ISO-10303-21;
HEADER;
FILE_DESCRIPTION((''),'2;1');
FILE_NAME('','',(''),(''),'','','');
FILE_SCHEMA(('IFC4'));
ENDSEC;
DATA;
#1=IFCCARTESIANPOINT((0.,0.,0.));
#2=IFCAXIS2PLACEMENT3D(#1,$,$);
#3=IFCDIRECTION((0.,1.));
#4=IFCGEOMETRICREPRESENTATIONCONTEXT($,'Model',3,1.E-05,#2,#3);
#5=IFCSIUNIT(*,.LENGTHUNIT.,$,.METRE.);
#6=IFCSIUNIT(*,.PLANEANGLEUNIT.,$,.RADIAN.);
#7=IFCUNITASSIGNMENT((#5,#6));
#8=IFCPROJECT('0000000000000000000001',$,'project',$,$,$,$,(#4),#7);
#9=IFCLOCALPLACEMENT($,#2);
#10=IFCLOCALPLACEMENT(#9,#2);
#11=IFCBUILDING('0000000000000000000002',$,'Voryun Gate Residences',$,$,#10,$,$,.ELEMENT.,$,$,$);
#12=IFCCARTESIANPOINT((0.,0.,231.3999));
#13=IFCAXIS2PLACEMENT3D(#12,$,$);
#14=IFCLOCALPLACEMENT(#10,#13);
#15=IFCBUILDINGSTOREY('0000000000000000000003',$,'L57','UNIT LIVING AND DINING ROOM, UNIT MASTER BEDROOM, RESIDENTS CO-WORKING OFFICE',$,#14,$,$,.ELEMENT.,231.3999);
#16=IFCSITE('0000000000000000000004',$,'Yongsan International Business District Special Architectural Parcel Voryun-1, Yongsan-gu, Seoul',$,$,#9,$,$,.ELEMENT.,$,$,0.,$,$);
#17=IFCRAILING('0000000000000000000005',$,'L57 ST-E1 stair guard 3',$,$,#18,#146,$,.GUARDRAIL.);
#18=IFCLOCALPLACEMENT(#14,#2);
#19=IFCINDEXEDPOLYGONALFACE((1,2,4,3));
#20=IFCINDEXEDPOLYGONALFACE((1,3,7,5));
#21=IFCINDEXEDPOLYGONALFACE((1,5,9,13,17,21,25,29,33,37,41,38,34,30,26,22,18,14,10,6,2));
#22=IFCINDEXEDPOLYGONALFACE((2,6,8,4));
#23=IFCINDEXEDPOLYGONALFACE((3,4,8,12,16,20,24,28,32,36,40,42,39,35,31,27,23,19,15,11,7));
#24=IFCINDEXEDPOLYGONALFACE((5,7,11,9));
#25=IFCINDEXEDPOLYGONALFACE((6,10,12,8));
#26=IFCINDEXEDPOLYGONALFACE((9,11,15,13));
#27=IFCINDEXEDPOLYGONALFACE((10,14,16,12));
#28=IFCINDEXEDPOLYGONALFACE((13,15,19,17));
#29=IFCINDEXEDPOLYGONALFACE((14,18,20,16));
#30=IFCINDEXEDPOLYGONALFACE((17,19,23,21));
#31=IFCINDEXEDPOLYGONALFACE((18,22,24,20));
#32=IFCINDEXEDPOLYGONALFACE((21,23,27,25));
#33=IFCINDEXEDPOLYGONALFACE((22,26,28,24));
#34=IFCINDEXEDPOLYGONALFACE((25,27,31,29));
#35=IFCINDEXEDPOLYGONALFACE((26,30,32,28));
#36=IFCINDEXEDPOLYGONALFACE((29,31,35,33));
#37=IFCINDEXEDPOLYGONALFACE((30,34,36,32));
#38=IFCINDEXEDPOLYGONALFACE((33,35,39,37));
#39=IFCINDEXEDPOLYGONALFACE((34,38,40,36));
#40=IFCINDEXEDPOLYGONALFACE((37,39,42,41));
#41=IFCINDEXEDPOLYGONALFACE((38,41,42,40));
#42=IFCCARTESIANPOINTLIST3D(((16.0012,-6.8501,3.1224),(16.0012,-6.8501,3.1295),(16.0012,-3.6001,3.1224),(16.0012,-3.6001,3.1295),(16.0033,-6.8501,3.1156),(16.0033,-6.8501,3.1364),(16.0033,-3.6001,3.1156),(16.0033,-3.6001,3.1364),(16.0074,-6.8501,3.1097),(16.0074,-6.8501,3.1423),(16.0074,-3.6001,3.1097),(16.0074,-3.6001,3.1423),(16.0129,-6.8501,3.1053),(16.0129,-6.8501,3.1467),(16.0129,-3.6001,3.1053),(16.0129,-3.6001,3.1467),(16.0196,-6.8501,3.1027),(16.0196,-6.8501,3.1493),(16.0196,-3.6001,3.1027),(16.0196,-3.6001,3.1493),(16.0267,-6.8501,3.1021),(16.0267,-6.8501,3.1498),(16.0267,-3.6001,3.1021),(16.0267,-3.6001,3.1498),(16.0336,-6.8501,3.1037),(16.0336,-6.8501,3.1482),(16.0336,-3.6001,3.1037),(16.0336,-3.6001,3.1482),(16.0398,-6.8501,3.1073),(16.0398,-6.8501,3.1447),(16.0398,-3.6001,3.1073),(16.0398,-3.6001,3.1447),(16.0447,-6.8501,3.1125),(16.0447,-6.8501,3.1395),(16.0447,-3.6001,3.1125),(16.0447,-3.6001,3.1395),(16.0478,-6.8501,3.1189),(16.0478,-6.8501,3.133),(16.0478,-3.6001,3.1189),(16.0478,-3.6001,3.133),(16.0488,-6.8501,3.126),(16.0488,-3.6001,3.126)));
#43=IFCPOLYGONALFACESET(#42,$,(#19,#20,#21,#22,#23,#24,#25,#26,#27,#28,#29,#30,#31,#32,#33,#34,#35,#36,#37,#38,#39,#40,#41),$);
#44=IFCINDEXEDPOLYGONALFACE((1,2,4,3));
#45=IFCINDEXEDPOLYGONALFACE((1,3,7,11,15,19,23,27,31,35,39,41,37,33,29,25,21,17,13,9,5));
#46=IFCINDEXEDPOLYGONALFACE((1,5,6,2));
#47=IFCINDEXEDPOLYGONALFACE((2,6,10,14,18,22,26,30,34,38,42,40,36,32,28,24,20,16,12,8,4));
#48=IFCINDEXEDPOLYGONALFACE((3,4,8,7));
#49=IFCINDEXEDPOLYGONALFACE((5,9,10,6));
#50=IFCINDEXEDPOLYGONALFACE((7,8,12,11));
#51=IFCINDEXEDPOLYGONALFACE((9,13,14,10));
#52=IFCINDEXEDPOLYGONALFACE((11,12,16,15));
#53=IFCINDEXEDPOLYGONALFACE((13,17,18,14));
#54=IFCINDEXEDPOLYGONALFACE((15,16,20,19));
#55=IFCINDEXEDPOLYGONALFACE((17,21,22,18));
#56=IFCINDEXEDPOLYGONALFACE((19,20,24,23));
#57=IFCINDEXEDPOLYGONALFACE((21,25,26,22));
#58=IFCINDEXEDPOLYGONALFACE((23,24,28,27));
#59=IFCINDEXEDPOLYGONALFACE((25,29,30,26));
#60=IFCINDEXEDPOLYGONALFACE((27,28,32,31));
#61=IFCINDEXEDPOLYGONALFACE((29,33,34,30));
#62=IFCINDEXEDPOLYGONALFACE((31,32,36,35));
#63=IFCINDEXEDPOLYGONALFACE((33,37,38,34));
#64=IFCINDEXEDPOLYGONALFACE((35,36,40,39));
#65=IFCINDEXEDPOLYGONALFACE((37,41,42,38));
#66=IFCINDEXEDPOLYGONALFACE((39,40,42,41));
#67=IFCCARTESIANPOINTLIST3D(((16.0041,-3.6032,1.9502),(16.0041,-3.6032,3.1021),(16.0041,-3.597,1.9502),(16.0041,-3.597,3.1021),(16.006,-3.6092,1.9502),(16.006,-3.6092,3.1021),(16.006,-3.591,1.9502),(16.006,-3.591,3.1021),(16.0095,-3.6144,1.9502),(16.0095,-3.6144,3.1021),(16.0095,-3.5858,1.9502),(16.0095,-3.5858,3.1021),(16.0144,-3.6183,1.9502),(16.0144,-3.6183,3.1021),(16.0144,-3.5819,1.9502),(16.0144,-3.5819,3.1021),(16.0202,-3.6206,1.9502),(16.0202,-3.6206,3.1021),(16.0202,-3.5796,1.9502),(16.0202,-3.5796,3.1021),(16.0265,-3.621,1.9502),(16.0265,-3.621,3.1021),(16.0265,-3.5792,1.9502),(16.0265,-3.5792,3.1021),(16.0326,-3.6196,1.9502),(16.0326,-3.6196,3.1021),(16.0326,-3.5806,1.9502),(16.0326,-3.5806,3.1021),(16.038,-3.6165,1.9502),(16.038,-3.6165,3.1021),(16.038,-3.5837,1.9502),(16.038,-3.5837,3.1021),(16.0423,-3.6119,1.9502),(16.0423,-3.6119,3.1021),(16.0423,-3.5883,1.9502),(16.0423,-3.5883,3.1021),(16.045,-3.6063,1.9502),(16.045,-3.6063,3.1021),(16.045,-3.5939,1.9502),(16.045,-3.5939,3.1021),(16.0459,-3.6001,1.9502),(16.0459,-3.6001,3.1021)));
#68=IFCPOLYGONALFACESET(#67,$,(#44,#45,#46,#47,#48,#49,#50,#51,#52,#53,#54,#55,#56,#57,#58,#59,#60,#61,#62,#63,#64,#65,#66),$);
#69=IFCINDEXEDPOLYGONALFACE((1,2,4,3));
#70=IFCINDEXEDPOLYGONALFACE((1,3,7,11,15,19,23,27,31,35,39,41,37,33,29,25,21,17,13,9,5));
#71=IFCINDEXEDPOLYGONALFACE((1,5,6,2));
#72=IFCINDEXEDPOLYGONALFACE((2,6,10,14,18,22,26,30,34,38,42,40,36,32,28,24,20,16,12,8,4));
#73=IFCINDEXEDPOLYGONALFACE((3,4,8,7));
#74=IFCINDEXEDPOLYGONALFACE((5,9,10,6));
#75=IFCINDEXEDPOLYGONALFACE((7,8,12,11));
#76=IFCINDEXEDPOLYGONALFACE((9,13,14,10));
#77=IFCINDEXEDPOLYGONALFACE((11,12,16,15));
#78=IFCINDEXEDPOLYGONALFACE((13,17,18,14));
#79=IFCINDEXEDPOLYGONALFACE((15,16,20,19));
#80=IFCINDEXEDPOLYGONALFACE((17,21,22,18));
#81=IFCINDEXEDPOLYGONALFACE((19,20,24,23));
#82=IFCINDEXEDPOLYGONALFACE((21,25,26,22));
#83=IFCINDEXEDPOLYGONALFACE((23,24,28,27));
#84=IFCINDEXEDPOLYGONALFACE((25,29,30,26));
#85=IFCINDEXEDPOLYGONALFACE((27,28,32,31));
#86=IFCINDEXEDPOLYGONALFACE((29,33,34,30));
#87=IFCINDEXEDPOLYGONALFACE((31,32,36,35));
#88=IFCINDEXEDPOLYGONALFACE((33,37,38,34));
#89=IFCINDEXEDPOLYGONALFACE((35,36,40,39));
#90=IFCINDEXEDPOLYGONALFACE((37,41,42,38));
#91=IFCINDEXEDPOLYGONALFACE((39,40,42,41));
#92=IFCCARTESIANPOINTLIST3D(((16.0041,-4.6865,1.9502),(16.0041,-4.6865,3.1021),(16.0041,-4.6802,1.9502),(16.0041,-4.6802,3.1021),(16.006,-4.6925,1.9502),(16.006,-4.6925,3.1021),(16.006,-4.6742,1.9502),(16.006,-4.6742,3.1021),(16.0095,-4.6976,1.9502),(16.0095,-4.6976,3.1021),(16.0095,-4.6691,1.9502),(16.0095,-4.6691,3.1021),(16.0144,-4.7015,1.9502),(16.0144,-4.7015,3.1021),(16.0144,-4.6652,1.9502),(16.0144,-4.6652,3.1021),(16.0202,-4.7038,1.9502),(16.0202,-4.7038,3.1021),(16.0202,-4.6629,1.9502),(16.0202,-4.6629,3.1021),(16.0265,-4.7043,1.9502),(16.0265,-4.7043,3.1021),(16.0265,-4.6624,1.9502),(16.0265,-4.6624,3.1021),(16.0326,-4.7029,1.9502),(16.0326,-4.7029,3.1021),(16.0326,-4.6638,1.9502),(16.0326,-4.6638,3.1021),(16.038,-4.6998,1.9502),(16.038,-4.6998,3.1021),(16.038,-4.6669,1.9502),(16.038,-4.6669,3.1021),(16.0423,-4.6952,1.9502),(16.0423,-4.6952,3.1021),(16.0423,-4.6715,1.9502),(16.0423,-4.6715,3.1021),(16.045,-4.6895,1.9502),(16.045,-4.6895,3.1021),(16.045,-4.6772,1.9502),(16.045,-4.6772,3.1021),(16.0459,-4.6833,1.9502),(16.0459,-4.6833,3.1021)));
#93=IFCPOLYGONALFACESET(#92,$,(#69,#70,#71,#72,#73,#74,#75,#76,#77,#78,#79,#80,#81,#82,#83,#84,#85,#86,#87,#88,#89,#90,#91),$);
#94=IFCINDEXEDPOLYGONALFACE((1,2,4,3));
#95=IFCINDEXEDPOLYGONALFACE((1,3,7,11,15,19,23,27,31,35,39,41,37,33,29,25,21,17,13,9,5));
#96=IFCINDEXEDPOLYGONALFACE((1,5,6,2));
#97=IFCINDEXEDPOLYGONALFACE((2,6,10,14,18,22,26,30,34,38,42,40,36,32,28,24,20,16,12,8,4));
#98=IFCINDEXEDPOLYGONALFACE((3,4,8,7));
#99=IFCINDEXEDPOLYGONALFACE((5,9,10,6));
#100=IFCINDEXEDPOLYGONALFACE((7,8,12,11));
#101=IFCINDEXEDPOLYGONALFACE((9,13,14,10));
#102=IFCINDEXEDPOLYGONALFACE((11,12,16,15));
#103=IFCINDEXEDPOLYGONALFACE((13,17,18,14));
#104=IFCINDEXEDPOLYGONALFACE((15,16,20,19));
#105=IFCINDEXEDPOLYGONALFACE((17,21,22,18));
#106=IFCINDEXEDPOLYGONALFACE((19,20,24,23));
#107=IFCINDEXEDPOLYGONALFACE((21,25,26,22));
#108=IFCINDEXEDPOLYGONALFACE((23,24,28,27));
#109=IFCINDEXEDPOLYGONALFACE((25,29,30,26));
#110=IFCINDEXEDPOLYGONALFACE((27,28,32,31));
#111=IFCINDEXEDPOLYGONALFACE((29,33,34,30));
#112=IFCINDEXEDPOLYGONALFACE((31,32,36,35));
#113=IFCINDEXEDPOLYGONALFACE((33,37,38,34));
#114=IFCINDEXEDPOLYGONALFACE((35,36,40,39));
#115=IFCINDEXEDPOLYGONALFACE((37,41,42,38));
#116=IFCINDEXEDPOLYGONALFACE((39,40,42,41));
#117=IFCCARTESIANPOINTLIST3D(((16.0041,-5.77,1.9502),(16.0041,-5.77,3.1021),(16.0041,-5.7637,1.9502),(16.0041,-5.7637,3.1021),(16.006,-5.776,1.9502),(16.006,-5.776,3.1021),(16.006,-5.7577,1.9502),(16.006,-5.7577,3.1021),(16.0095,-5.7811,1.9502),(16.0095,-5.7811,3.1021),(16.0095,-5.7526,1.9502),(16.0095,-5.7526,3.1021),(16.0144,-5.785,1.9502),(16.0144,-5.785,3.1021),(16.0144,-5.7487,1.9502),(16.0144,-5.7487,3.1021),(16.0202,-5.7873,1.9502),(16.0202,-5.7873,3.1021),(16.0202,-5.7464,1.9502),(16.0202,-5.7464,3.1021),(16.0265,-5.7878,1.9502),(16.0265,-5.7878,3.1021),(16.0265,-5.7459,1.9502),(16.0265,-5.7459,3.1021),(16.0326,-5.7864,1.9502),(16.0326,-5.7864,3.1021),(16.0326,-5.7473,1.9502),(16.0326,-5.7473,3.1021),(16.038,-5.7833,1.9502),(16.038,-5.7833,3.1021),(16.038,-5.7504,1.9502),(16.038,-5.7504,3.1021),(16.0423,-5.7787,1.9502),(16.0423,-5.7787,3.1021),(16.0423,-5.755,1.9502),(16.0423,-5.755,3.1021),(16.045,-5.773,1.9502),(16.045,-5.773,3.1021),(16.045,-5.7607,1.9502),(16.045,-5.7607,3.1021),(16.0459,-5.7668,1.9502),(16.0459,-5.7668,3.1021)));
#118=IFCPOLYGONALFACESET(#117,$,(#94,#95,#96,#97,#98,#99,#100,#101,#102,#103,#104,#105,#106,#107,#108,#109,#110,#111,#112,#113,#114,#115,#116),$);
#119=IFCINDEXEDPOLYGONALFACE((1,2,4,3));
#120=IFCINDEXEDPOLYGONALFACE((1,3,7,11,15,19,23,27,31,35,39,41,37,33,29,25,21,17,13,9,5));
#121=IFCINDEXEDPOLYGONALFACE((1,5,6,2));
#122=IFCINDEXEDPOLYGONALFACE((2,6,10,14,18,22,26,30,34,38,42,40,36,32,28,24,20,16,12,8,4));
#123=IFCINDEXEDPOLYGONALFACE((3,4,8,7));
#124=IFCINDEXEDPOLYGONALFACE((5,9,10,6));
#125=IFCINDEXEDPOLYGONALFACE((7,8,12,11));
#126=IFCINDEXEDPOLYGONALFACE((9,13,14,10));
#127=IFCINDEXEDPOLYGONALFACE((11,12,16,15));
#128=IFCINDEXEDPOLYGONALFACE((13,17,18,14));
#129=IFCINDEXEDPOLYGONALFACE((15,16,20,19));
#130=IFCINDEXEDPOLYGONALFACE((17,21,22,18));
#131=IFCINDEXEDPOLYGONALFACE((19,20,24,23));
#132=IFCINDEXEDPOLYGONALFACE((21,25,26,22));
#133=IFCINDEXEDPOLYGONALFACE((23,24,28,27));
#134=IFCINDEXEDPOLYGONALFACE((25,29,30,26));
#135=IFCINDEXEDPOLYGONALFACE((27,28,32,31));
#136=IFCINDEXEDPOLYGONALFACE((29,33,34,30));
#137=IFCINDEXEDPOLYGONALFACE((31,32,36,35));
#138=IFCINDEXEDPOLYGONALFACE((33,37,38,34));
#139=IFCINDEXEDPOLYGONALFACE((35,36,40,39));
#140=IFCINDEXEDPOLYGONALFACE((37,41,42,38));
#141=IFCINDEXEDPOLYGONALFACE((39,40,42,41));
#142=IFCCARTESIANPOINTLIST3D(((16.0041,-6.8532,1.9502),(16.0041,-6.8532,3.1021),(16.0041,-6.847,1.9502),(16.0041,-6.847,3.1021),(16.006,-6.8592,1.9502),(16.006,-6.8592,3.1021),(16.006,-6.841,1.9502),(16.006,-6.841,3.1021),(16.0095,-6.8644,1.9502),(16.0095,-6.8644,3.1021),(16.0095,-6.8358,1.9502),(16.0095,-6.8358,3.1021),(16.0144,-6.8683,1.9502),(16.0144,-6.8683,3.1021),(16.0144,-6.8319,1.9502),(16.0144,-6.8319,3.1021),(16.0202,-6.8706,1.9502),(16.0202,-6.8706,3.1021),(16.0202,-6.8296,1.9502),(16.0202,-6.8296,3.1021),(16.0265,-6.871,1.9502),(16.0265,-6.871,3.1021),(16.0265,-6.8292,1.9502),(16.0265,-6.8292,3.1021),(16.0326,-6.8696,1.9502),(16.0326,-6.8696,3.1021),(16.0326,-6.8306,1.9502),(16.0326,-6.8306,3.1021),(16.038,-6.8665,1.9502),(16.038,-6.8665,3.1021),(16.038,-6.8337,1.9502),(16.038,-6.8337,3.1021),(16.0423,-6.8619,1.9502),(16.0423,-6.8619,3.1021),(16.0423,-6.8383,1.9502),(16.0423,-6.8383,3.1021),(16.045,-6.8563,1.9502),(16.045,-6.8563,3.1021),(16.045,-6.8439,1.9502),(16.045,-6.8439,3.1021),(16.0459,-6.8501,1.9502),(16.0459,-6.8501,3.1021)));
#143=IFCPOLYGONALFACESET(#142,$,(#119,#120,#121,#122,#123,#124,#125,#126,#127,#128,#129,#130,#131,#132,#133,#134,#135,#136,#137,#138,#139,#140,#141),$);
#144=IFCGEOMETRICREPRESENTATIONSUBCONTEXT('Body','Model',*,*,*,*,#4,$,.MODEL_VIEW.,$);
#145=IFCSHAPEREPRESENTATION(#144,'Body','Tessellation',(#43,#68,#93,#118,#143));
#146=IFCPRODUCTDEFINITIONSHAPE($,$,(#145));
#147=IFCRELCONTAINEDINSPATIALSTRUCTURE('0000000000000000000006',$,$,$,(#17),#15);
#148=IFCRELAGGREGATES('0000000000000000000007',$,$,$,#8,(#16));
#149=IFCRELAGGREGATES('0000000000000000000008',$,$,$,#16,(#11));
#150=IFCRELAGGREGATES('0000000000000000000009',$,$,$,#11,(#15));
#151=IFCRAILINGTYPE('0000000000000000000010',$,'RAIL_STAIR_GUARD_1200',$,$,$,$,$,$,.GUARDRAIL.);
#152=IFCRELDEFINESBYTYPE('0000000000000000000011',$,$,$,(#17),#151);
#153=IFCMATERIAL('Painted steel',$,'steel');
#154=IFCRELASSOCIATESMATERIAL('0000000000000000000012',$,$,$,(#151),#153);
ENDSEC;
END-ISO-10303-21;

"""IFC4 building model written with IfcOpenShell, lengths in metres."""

from ifc_helpers import new_model, si_unit, direction, frame, origin, origin_2d, place, context, subcontext, project, spatial, circle, extrude, material, type_object, element, save


model = new_model("IFC4")

# Units and contexts
model_context = context("Model", 3, precision=1e-05, world=origin(), true_north=direction((0.0, 1.0)))
body_context = subcontext(model_context, "Body", "Model", "MODEL_VIEW")
ifc_project = project(units=[si_unit("LENGTHUNIT", "METRE"), si_unit("PLANEANGLEUNIT", "RADIAN")], contexts=[model_context])

# Site, building, storey
site_placement = place(None, origin())
site = spatial("IfcSite", under=ifc_project, at=site_placement, Name="Yongsan International Business District Special Architectural Parcel Voryun-1, Yongsan-gu, Seoul", CompositionType="ELEMENT", RefElevation=0.0)
building_placement = place(site_placement, origin())
building = spatial("IfcBuilding", under=site, at=building_placement, Name="Voryun Gate Residences", CompositionType="ELEMENT")
storey_placement = place(building_placement, frame((0.0, 0.0, 231.3999)))
storey = spatial("IfcBuildingStorey", under=building, at=storey_placement, Name="L57", Description="UNIT LIVING AND DINING ROOM, UNIT MASTER BEDROOM, RESIDENTS CO-WORKING OFFICE", CompositionType="ELEMENT", Elevation=231.3999)

# Railing
ifc_material_1 = material(Name="Painted steel", Category="steel")
railing_type_1 = type_object("IfcRailingType", Name="RAIL_STAIR_GUARD_1200", PredefinedType="GUARDRAIL", material=ifc_material_1)
railing_1_placement = place(storey_placement, frame((16.0249, -3.6001, 1.9502)))
element("IfcRailing", 1, at=railing_1_placement, inside=storey, type_object=railing_type_1, Name="L57 ST-E1 stair guard 3", PredefinedType="GUARDRAIL", context=body_context, shape_type="SweptSolid", body=[
    extrude(circle(Radius=0.0239, at=origin_2d()), frame((0.0, 0.0, 1.1758), z_axis=(0.0, -1.0, 0.0), x_axis=(1.0, 0.0, 0.0)), (0.0, 0.0, 1.0), 3.25),
    extrude(circle(Radius=0.021, at=origin_2d()), origin(), (0.0, 0.0, 1.0), 1.1519),
    extrude(circle(Radius=0.021, at=origin_2d()), frame((0.0, -1.0833, 0.0)), (0.0, 0.0, 1.0), 1.1519),
    extrude(circle(Radius=0.021, at=origin_2d()), frame((0.0, -2.1667, 0.0)), (0.0, 0.0, 1.0), 1.1519),
    extrude(circle(Radius=0.021, at=origin_2d()), frame((0.0, -3.25, 0.0)), (0.0, 0.0, 1.0), 1.1519),
])

save(model, "model.ifc")
